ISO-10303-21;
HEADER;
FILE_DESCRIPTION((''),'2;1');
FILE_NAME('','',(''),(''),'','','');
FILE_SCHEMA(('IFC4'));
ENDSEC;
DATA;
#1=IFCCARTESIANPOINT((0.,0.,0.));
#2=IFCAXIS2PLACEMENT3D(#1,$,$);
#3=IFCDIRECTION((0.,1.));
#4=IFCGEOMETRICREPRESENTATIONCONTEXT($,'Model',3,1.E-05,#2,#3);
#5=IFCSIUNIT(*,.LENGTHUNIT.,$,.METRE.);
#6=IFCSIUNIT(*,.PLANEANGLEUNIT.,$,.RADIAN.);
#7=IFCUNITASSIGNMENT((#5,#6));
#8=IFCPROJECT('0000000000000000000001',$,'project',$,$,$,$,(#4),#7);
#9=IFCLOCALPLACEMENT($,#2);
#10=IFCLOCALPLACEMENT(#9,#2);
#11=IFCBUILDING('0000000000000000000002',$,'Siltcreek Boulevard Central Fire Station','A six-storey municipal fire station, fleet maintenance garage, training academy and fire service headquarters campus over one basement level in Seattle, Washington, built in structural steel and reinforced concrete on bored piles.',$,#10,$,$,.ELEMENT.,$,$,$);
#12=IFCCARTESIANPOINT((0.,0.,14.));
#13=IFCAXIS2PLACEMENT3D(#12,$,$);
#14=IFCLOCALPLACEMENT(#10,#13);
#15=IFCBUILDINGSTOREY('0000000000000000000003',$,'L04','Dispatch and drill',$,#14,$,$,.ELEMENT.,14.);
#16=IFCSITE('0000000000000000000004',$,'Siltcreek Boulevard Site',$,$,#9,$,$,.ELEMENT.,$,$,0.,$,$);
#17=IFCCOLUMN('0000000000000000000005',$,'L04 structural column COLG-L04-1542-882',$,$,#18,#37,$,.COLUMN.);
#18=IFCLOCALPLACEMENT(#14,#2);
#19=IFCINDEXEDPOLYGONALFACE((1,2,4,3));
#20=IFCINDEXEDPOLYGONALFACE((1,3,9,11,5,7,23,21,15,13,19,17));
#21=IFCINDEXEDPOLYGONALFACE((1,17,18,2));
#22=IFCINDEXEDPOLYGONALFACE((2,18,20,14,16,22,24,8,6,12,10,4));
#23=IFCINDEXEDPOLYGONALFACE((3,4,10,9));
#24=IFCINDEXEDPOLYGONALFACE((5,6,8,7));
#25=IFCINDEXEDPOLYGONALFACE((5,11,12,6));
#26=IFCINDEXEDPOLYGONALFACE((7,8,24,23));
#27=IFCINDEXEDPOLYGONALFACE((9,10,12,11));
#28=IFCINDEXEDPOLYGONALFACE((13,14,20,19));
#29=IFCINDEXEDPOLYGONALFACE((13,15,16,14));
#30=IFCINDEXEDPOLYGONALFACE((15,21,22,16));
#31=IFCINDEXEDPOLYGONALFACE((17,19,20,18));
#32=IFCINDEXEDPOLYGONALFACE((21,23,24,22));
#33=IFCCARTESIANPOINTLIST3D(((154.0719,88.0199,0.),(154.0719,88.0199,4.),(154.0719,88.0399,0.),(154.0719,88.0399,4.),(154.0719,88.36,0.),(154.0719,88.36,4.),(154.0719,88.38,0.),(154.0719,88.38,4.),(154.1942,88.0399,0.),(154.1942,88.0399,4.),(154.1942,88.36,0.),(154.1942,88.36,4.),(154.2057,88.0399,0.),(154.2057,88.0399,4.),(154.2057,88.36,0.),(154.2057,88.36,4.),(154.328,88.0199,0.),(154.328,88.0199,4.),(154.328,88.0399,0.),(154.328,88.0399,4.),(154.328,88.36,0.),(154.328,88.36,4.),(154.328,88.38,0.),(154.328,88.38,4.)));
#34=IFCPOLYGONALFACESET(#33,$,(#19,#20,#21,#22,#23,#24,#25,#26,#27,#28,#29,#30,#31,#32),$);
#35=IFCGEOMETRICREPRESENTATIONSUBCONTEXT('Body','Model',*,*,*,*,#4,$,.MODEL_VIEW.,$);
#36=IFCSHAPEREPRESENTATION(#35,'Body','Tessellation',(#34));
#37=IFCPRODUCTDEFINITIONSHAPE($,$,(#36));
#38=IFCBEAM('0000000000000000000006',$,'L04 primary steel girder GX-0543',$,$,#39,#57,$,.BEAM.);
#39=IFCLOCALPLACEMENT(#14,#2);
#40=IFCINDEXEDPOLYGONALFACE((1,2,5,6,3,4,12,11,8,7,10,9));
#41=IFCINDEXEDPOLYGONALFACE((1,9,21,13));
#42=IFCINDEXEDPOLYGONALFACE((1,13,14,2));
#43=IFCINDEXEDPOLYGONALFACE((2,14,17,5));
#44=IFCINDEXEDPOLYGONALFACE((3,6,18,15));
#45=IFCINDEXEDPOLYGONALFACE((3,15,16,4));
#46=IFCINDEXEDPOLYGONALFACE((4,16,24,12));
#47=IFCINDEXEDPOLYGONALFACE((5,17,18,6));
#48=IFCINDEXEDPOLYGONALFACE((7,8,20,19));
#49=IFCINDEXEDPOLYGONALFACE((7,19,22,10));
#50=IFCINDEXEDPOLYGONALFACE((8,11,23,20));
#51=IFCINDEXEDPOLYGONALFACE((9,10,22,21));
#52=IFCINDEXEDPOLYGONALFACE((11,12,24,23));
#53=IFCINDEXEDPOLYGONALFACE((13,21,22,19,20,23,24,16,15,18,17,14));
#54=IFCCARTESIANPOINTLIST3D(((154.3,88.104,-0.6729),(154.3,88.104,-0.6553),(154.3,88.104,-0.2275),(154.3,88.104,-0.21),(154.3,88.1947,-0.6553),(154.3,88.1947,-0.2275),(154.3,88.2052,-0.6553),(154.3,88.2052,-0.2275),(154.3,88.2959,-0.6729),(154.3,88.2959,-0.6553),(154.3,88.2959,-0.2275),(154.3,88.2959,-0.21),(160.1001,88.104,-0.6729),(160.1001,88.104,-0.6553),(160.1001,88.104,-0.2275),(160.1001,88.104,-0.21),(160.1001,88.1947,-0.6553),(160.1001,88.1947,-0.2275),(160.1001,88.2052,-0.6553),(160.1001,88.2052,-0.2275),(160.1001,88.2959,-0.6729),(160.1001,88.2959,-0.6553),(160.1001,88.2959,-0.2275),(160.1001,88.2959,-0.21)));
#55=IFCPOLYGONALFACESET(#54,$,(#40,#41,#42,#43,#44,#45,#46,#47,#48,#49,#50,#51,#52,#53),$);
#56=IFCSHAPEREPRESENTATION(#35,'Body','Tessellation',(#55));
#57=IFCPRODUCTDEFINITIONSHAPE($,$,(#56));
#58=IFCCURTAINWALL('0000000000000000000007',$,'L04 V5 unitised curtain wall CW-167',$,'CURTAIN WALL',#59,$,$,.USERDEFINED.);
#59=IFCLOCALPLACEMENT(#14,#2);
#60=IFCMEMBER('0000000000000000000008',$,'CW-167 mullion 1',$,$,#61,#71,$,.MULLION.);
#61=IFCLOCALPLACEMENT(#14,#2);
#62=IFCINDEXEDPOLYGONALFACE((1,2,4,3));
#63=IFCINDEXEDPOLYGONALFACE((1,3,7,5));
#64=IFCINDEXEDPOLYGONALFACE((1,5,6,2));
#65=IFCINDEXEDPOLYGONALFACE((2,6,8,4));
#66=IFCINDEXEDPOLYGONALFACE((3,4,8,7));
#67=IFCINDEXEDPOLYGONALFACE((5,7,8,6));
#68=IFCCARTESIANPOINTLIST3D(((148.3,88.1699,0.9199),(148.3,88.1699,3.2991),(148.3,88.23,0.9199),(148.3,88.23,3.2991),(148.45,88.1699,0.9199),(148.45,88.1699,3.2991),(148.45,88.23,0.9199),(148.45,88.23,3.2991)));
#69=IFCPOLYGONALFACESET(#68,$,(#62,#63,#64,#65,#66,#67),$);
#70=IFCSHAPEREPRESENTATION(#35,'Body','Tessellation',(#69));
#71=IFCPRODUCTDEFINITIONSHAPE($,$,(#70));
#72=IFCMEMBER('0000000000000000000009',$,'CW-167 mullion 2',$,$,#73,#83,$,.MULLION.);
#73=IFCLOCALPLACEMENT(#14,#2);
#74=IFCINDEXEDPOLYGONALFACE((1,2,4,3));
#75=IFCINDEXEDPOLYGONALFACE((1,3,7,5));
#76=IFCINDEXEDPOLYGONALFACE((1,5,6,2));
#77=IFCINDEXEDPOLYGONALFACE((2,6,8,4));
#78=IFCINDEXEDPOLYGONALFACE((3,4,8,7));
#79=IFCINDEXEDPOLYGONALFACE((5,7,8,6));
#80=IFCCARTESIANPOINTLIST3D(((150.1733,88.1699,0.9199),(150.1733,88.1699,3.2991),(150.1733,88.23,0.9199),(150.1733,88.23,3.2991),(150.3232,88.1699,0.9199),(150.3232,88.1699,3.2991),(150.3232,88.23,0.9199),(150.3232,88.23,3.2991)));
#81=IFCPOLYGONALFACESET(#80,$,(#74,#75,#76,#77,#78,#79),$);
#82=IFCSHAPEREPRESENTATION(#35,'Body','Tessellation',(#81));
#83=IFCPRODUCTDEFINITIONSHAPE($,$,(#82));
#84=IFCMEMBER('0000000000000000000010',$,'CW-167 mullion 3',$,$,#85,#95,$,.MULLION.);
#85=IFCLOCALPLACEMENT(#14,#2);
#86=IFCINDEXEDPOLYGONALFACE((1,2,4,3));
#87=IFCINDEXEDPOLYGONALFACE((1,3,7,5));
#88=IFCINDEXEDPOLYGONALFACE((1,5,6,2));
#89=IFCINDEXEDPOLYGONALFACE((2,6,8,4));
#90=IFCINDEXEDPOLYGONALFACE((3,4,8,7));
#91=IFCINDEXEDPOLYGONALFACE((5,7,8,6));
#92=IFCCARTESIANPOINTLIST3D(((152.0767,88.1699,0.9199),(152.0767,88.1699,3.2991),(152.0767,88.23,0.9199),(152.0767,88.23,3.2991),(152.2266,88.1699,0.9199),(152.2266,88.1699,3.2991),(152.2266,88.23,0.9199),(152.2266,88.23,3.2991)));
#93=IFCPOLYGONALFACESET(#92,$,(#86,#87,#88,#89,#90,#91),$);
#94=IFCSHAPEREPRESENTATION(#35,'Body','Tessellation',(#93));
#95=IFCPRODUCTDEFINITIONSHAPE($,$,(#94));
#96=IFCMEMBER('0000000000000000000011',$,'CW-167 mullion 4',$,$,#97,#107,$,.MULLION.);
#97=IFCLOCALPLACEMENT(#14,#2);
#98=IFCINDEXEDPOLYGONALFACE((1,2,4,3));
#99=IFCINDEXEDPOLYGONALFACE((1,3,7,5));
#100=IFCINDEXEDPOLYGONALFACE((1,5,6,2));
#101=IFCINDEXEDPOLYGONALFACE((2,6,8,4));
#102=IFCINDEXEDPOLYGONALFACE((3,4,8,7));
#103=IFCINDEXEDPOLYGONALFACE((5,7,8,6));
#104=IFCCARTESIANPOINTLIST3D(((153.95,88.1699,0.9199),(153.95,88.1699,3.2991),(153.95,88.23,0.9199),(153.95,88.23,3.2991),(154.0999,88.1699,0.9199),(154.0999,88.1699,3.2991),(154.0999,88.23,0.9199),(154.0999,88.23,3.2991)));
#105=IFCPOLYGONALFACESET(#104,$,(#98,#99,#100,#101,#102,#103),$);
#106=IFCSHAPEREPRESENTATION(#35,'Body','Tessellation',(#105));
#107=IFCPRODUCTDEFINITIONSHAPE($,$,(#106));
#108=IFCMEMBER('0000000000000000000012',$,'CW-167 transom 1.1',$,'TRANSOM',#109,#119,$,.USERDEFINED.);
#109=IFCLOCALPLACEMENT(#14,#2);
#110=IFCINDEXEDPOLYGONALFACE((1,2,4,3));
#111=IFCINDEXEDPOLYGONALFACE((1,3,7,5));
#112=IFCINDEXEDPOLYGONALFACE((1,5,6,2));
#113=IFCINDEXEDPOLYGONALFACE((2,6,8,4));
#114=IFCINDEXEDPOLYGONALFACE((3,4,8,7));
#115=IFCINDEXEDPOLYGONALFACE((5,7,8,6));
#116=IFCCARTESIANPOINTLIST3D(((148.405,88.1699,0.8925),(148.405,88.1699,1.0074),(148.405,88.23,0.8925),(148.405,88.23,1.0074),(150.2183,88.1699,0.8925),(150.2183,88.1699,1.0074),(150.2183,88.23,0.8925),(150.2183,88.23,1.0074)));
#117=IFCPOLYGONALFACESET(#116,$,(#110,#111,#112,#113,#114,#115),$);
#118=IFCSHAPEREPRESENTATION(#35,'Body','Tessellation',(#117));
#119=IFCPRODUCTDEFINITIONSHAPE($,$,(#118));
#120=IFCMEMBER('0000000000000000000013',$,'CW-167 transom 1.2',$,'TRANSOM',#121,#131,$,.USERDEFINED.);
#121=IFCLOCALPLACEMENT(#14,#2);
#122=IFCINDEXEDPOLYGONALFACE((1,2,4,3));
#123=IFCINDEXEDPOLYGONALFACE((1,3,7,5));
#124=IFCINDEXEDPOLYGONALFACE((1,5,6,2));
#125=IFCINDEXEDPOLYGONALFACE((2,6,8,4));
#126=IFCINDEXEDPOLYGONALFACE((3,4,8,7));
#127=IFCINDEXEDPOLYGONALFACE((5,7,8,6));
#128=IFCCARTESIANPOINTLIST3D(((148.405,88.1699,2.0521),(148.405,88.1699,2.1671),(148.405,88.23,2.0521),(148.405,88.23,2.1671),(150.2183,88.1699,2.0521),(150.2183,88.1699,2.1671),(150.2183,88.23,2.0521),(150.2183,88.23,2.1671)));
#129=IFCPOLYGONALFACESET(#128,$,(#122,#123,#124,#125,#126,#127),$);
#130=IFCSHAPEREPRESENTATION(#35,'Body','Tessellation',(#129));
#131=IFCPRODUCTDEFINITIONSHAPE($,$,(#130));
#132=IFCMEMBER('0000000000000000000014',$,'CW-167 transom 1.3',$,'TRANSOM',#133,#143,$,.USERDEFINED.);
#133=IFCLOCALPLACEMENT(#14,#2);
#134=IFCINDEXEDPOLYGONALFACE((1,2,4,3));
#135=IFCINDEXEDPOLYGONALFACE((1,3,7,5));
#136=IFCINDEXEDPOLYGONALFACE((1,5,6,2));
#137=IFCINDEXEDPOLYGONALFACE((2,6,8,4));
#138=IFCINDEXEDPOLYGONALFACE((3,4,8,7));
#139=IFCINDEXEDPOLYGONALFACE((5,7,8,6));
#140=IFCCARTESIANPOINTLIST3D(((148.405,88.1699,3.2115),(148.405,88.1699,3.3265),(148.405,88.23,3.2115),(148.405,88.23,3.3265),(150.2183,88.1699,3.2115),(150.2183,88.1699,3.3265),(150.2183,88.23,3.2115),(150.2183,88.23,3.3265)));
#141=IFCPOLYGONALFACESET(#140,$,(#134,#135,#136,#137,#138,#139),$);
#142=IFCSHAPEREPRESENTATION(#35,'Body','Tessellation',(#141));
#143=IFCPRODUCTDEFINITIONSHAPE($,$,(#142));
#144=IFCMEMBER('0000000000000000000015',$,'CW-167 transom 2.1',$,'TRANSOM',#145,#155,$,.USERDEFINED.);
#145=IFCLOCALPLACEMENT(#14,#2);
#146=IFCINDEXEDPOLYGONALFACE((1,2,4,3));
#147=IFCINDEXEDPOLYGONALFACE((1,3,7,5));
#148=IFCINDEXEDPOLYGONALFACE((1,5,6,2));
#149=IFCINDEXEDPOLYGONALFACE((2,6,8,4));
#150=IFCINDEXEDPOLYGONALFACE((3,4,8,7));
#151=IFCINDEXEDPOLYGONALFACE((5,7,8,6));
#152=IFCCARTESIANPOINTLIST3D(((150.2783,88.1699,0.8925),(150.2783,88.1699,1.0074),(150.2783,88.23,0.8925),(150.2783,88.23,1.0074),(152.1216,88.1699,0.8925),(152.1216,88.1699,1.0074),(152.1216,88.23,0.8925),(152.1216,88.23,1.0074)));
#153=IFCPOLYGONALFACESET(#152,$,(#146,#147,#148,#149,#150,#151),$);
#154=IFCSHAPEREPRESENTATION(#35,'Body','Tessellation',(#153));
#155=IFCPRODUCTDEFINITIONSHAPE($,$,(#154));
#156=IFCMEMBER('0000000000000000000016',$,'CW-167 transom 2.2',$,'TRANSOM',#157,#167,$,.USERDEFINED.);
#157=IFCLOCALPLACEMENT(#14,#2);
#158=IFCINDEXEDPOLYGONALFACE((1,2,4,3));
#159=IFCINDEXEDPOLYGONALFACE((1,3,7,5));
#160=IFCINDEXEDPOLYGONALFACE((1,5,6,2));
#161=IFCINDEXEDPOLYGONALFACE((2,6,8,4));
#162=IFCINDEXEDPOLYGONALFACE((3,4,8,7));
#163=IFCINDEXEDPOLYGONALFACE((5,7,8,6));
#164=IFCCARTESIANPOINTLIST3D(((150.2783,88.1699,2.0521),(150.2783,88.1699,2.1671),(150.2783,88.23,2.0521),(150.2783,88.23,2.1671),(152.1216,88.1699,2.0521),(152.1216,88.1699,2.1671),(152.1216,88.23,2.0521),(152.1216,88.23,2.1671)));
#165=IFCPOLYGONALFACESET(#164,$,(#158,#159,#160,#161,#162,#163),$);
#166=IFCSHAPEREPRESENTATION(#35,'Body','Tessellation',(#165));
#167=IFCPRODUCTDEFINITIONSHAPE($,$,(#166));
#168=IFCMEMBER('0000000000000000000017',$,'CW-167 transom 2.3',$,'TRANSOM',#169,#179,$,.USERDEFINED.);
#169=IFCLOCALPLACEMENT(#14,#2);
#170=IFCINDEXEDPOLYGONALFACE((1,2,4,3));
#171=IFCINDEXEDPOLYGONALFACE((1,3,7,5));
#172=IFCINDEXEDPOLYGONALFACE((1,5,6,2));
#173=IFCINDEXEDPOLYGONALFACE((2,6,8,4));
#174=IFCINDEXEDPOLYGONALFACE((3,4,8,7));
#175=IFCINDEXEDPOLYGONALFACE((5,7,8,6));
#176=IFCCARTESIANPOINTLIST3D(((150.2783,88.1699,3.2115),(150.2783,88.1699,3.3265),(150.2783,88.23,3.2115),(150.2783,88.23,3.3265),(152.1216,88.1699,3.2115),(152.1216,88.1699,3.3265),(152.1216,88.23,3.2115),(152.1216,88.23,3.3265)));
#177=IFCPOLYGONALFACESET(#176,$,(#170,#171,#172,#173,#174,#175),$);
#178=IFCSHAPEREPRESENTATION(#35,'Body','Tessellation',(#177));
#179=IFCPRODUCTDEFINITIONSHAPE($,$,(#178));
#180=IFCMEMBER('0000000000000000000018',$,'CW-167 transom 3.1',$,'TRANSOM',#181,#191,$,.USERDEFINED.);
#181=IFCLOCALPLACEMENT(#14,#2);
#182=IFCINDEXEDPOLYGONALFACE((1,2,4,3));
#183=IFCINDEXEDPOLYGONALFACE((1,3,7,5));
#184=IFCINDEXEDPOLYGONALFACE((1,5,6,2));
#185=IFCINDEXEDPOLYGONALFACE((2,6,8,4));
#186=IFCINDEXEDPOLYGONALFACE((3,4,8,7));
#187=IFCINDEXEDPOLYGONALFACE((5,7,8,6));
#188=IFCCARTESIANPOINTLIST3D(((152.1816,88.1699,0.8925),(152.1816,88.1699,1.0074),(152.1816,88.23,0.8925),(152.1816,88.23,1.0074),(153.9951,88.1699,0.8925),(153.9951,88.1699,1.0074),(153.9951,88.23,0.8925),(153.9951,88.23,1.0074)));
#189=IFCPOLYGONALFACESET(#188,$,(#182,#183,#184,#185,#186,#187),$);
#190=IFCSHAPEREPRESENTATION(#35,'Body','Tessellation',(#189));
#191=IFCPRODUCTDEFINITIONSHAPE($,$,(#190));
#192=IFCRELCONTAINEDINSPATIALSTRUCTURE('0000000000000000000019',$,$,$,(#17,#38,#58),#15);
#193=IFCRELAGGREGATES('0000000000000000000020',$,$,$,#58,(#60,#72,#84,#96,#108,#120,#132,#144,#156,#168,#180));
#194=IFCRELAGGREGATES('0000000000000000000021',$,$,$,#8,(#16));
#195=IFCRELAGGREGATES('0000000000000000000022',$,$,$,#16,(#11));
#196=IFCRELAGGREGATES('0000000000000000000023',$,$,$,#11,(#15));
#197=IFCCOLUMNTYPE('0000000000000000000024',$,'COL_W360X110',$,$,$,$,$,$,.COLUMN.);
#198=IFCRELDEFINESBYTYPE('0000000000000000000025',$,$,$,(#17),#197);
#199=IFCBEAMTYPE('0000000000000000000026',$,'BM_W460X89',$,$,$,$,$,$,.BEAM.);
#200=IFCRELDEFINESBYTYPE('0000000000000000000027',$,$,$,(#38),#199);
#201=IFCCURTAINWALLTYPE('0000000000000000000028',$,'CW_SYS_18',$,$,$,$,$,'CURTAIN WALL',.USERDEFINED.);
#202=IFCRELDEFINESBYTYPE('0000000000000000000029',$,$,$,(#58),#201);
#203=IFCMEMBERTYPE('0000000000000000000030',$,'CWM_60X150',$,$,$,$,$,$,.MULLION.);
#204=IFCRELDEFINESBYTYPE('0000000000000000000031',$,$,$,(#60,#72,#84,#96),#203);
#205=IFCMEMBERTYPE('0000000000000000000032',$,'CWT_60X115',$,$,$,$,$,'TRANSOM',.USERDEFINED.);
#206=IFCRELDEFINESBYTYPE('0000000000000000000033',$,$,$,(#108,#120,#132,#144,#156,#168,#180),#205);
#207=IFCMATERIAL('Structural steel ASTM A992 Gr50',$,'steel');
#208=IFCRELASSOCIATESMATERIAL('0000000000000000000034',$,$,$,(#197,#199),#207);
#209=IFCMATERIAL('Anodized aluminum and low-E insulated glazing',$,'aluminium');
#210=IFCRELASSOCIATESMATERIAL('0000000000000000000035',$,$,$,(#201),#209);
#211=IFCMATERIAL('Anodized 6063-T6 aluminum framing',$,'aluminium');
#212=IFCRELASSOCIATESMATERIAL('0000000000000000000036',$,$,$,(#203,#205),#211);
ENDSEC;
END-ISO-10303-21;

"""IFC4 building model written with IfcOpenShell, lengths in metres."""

from ifc_helpers import new_model, si_unit, direction, frame, origin, origin_2d, place, context, subcontext, project, spatial, rectangle, i_section, extrude, material, material_profile, profile_set, type_object, element, aggregate, save


model = new_model("IFC4")

# Units and contexts
model_context = context("Model", 3, precision=1e-05, world=origin(), true_north=direction((0.0, 1.0)))
body_context = subcontext(model_context, "Body", "Model", "MODEL_VIEW")
ifc_project = project(units=[si_unit("LENGTHUNIT", "METRE"), si_unit("PLANEANGLEUNIT", "RADIAN")], contexts=[model_context])

# Site, building, storey
site_placement = place(None, origin())
site = spatial("IfcSite", under=ifc_project, at=site_placement, Name="Siltcreek Boulevard Site", CompositionType="ELEMENT", RefElevation=0.0)
building_placement = place(site_placement, origin())
building = spatial("IfcBuilding", under=site, at=building_placement, Name="Siltcreek Boulevard Central Fire Station", Description="A six-storey municipal fire station, fleet maintenance garage, training academy and fire service headquarters campus over one basement level in Seattle, Washington, built in structural steel and reinforced concrete on bored piles.", CompositionType="ELEMENT")
storey_placement = place(building_placement, frame((0.0, 0.0, 14.0)))
storey = spatial("IfcBuildingStorey", under=building, at=storey_placement, Name="L04", Description="Dispatch and drill", CompositionType="ELEMENT", Elevation=14.0)

# Column
ifc_material_1 = material(Name="Structural steel ASTM A992 Gr50", Category="steel")
ifc_material_profile_1 = material_profile(ifc_material_1, i_section(OverallWidth=0.2561, OverallDepth=0.3601, WebThickness=0.0115, FlangeThickness=0.02, at=origin_2d()), Name="W360X110")
ifc_profile_set_1 = profile_set([ifc_material_profile_1], Name="Structural steel ASTM A992 Gr50")
column_type = type_object("IfcColumnType", Name="COL_W360X110", PredefinedType="COLUMN", material=ifc_profile_set_1)
column_placement = place(storey_placement, frame((154.2, 88.2, 0.0), z_axis=(0.0, 0.0, 1.0), x_axis=(1.0, 0.0, 0.0)))
element("IfcColumn", 1, at=column_placement, inside=storey, type_object=column_type, Name="L04 structural column COLG-L04-1542-882", PredefinedType="COLUMN", context=body_context, shape_type="SweptSolid", body=[
    extrude(i_section(OverallWidth=0.2561, OverallDepth=0.3601, WebThickness=0.0115, FlangeThickness=0.02, at=origin_2d()), origin(), (0.0, 0.0, 1.0), 4.0),
])

# Beam
ifc_material_profile_2 = material_profile(ifc_material_1, i_section(OverallWidth=0.1919, OverallDepth=0.4629, WebThickness=0.0105, FlangeThickness=0.0176, at=origin_2d()), Name="W460X89")
ifc_profile_set_2 = profile_set([ifc_material_profile_2], Name="Structural steel ASTM A992 Gr50")
beam_type_1 = type_object("IfcBeamType", Name="BM_W460X89", PredefinedType="BEAM", material=ifc_profile_set_2)
beam_1_placement = place(storey_placement, frame((154.3, 88.2, -0.4414), z_axis=(1.0, 0.0, 0.0), x_axis=(0.0, 1.0, 0.0)))
element("IfcBeam", 2, at=beam_1_placement, inside=storey, type_object=beam_type_1, Name="L04 primary steel girder GX-0543", PredefinedType="BEAM", context=body_context, shape_type="SweptSolid", body=[
    extrude(i_section(OverallWidth=0.1919, OverallDepth=0.4629, WebThickness=0.0105, FlangeThickness=0.0176, at=origin_2d()), origin(), (0.0, 0.0, 1.0), 5.8),
])

# Curtain wall, members
ifc_material_2 = material(Name="Anodized aluminum and low-E insulated glazing", Category="aluminium")
curtain_wall_type = type_object("IfcCurtainWallType", Name="CW_SYS_18", ElementType="CURTAIN WALL", PredefinedType="USERDEFINED", material=ifc_material_2)
curtain_wall_placement = place(storey_placement, origin())
curtain_wall = element("IfcCurtainWall", 3, at=curtain_wall_placement, inside=storey, type_object=curtain_wall_type, Name="L04 V5 unitised curtain wall CW-167", ObjectType="CURTAIN WALL", PredefinedType="USERDEFINED")
ifc_material_3 = material(Name="Anodized 6063-T6 aluminum framing", Category="aluminium")
ifc_material_profile_3 = material_profile(ifc_material_3, rectangle(XDim=0.0601, YDim=0.1499, at=origin_2d()), Name="MULL60X150")
ifc_profile_set_3 = profile_set([ifc_material_profile_3], Name="Anodized 6063-T6 aluminum framing")
member_type_1 = type_object("IfcMemberType", Name="CWM_60X150", PredefinedType="MULLION", material=ifc_profile_set_3)
member_1_placement = place(storey_placement, frame((148.375, 88.2, 0.9199), z_axis=(0.0, 0.0, 1.0), x_axis=(0.0, 1.0, 0.0)))
member_1 = element("IfcMember", 4, at=member_1_placement, type_object=member_type_1, Name="CW-167 mullion 1", PredefinedType="MULLION", context=body_context, shape_type="SweptSolid", body=[
    extrude(rectangle(XDim=0.0601, YDim=0.1499, at=origin_2d()), origin(), (0.0, 0.0, 1.0), 2.3792),
])
member_2_placement = place(storey_placement, frame((150.2483, 88.2, 0.9199), z_axis=(0.0, 0.0, 1.0), x_axis=(0.0, 1.0, 0.0)))
member_2 = element("IfcMember", 5, at=member_2_placement, type_object=member_type_1, Name="CW-167 mullion 2", PredefinedType="MULLION", context=body_context, shape_type="SweptSolid", body=[
    extrude(rectangle(XDim=0.0601, YDim=0.1499, at=origin_2d()), origin(), (0.0, 0.0, 1.0), 2.3792),
])
member_3_placement = place(storey_placement, frame((152.1516, 88.2, 0.9199), z_axis=(0.0, 0.0, 1.0), x_axis=(0.0, 1.0, 0.0)))
member_3 = element("IfcMember", 6, at=member_3_placement, type_object=member_type_1, Name="CW-167 mullion 3", PredefinedType="MULLION", context=body_context, shape_type="SweptSolid", body=[
    extrude(rectangle(XDim=0.0601, YDim=0.1499, at=origin_2d()), origin(), (0.0, 0.0, 1.0), 2.3792),
])
member_4_placement = place(storey_placement, frame((154.0249, 88.2, 0.9199), z_axis=(0.0, 0.0, 1.0), x_axis=(0.0, 1.0, 0.0)))
member_4 = element("IfcMember", 7, at=member_4_placement, type_object=member_type_1, Name="CW-167 mullion 4", PredefinedType="MULLION", context=body_context, shape_type="SweptSolid", body=[
    extrude(rectangle(XDim=0.0601, YDim=0.1499, at=origin_2d()), origin(), (0.0, 0.0, 1.0), 2.3792),
])
ifc_material_profile_4 = material_profile(ifc_material_3, rectangle(XDim=0.0601, YDim=0.115, at=origin_2d()), Name="TRAN60X115")
ifc_profile_set_4 = profile_set([ifc_material_profile_4], Name="Anodized 6063-T6 aluminum framing")
member_type_2 = type_object("IfcMemberType", Name="CWT_60X115", ElementType="TRANSOM", PredefinedType="USERDEFINED", material=ifc_profile_set_4)
member_5_placement = place(storey_placement, frame((148.405, 88.2, 0.95), z_axis=(1.0, 0.0, 0.0), x_axis=(0.0, 1.0, 0.0)))
member_5 = element("IfcMember", 8, at=member_5_placement, type_object=member_type_2, Name="CW-167 transom 1.1", ObjectType="TRANSOM", PredefinedType="USERDEFINED", context=body_context, shape_type="SweptSolid", body=[
    extrude(rectangle(XDim=0.0601, YDim=0.115, at=origin_2d()), origin(), (0.0, 0.0, 1.0), 1.8132),
])
member_6_placement = place(storey_placement, frame((148.405, 88.2, 2.1096), z_axis=(1.0, 0.0, 0.0), x_axis=(0.0, 1.0, 0.0)))
member_6 = element("IfcMember", 9, at=member_6_placement, type_object=member_type_2, Name="CW-167 transom 1.2", ObjectType="TRANSOM", PredefinedType="USERDEFINED", context=body_context, shape_type="SweptSolid", body=[
    extrude(rectangle(XDim=0.0601, YDim=0.115, at=origin_2d()), origin(), (0.0, 0.0, 1.0), 1.8132),
])
member_7_placement = place(storey_placement, frame((148.405, 88.2, 3.269), z_axis=(1.0, 0.0, 0.0), x_axis=(0.0, 1.0, 0.0)))
member_7 = element("IfcMember", 10, at=member_7_placement, type_object=member_type_2, Name="CW-167 transom 1.3", ObjectType="TRANSOM", PredefinedType="USERDEFINED", context=body_context, shape_type="SweptSolid", body=[
    extrude(rectangle(XDim=0.0601, YDim=0.115, at=origin_2d()), origin(), (0.0, 0.0, 1.0), 1.8132),
])
member_8_placement = place(storey_placement, frame((150.2783, 88.2, 0.95), z_axis=(1.0, 0.0, 0.0), x_axis=(0.0, 1.0, 0.0)))
member_8 = element("IfcMember", 11, at=member_8_placement, type_object=member_type_2, Name="CW-167 transom 2.1", ObjectType="TRANSOM", PredefinedType="USERDEFINED", context=body_context, shape_type="SweptSolid", body=[
    extrude(rectangle(XDim=0.0601, YDim=0.115, at=origin_2d()), origin(), (0.0, 0.0, 1.0), 1.8433),
])
member_9_placement = place(storey_placement, frame((150.2783, 88.2, 2.1096), z_axis=(1.0, 0.0, 0.0), x_axis=(0.0, 1.0, 0.0)))
member_9 = element("IfcMember", 12, at=member_9_placement, type_object=member_type_2, Name="CW-167 transom 2.2", ObjectType="TRANSOM", PredefinedType="USERDEFINED", context=body_context, shape_type="SweptSolid", body=[
    extrude(rectangle(XDim=0.0601, YDim=0.115, at=origin_2d()), origin(), (0.0, 0.0, 1.0), 1.8433),
])
member_10_placement = place(storey_placement, frame((150.2783, 88.2, 3.269), z_axis=(1.0, 0.0, 0.0), x_axis=(0.0, 1.0, 0.0)))
member_10 = element("IfcMember", 13, at=member_10_placement, type_object=member_type_2, Name="CW-167 transom 2.3", ObjectType="TRANSOM", PredefinedType="USERDEFINED", context=body_context, shape_type="SweptSolid", body=[
    extrude(rectangle(XDim=0.0601, YDim=0.115, at=origin_2d()), origin(), (0.0, 0.0, 1.0), 1.8433),
])
member_11_placement = place(storey_placement, frame((152.1816, 88.2, 0.95), z_axis=(1.0, 0.0, 0.0), x_axis=(0.0, 1.0, 0.0)))
member_11 = element("IfcMember", 14, at=member_11_placement, type_object=member_type_2, Name="CW-167 transom 3.1", ObjectType="TRANSOM", PredefinedType="USERDEFINED", context=body_context, shape_type="SweptSolid", body=[
    extrude(rectangle(XDim=0.0601, YDim=0.115, at=origin_2d()), origin(), (0.0, 0.0, 1.0), 1.8135),
])

aggregate(curtain_wall, [member_1, member_2, member_3, member_4, member_5, member_6, member_7, member_8, member_9, member_10, member_11])

save(model, "model.ifc")
